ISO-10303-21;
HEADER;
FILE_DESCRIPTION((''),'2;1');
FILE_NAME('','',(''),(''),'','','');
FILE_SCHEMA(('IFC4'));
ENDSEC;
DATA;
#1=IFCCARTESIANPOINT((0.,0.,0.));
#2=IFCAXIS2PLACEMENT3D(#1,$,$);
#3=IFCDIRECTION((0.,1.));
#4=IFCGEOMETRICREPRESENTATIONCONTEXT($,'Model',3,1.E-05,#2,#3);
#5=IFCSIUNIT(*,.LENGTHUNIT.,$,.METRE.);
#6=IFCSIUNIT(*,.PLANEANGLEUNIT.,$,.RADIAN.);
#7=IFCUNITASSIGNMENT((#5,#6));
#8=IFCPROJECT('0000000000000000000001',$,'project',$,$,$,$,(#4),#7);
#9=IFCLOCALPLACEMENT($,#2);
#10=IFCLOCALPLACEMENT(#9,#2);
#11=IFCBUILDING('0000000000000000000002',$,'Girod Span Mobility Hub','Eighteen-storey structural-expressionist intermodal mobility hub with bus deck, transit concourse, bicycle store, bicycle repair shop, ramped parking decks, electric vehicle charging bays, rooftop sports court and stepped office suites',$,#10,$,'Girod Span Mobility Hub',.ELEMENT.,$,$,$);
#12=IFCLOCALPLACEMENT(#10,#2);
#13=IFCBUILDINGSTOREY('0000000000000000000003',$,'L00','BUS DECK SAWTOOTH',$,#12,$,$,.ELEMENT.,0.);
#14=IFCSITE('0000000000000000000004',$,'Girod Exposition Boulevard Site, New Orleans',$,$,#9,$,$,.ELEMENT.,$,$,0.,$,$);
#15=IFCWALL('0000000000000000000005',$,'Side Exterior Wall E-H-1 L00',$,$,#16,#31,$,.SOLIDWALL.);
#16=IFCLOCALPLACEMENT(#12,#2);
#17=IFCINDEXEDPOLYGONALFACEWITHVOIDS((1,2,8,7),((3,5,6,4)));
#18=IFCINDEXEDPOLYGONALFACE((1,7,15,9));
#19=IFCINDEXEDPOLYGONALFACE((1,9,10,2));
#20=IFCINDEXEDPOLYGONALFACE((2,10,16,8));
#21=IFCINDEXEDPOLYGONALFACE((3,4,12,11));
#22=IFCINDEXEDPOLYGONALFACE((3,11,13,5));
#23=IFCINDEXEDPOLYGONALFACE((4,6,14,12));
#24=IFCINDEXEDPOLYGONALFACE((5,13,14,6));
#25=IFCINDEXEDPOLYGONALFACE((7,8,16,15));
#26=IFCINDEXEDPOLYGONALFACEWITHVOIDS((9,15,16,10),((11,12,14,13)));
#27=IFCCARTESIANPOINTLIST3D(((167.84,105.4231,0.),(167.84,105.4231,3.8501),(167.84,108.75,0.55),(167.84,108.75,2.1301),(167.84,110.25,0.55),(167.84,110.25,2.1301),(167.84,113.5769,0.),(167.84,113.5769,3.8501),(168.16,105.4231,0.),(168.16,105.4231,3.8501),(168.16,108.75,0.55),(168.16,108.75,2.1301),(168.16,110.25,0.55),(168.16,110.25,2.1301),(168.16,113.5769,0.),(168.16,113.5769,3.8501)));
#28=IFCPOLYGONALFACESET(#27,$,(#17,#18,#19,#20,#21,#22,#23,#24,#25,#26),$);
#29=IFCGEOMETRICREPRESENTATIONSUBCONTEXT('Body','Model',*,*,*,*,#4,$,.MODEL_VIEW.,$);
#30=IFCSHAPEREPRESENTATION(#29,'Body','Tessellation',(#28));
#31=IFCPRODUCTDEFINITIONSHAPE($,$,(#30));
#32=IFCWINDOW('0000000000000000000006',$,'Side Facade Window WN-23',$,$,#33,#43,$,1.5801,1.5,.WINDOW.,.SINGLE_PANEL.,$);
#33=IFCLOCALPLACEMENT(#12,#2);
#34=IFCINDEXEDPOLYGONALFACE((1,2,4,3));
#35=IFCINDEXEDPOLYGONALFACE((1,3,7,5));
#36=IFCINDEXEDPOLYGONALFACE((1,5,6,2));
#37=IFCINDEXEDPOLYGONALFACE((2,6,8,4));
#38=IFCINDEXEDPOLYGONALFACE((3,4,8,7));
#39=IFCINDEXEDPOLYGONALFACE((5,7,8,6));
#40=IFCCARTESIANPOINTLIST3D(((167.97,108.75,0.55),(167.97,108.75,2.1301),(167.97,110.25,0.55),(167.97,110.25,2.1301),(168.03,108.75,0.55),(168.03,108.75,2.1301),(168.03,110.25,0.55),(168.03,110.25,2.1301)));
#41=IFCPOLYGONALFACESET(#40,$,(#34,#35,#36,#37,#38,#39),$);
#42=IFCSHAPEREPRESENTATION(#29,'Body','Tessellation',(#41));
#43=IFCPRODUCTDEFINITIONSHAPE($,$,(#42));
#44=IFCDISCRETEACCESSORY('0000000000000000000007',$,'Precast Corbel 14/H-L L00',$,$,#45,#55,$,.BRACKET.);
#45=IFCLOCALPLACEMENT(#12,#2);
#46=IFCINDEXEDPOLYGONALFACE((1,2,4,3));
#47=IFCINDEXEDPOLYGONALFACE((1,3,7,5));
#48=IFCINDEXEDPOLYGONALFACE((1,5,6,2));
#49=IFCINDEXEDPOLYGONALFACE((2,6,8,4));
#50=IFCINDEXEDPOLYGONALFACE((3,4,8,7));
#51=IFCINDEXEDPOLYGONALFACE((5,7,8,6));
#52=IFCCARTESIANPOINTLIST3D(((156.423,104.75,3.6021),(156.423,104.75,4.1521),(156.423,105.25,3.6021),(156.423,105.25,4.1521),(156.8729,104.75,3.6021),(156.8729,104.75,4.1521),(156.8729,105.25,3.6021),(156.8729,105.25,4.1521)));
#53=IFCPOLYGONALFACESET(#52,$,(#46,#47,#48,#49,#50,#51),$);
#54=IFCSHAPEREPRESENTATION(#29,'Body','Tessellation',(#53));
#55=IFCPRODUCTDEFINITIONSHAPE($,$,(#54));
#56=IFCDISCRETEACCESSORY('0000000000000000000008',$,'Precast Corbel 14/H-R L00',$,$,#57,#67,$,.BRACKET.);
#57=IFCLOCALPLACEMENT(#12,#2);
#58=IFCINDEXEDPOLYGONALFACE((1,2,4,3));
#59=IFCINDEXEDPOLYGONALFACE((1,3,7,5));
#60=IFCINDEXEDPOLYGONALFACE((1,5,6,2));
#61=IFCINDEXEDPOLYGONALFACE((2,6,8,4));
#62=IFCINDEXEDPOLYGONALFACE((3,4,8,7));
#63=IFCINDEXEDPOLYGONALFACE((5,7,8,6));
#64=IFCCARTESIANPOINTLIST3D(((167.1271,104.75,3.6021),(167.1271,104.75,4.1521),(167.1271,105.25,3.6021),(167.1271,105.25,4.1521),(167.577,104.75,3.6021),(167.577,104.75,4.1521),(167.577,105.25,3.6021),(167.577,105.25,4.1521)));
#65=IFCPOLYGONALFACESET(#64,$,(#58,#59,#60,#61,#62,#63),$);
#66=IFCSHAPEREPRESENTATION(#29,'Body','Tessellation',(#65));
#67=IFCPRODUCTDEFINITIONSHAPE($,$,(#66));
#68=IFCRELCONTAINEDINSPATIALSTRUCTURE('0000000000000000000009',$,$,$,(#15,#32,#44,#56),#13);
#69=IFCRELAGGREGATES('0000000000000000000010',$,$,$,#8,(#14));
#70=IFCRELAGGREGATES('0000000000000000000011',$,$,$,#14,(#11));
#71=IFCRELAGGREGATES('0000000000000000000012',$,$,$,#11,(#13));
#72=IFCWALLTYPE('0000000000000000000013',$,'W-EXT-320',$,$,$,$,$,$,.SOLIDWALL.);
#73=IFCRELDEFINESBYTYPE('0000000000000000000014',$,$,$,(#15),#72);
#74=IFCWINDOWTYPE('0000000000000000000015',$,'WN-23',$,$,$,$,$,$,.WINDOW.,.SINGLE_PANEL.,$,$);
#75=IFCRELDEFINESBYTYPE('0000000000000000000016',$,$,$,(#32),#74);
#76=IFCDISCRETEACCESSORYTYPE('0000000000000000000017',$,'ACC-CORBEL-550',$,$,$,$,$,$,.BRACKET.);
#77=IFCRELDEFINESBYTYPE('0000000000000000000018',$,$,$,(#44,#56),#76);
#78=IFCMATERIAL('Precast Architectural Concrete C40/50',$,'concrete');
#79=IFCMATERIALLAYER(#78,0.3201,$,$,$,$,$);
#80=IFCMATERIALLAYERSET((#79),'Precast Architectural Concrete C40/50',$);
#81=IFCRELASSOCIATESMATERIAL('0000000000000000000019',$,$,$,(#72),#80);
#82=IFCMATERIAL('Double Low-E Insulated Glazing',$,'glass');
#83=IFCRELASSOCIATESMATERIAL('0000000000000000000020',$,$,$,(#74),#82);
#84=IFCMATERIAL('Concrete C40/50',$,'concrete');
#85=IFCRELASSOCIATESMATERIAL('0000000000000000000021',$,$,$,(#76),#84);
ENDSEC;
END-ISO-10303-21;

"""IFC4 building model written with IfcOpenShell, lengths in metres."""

from ifc_helpers import new_model, si_unit, direction, frame, frame_2d, origin, origin_2d, place, context, subcontext, project, spatial, rectangle, extrude, material, layer, layer_set, type_object, element, fill, save


model = new_model("IFC4")

# Units and contexts
model_context = context("Model", 3, precision=1e-05, world=origin(), true_north=direction((0.0, 1.0)))
body_context = subcontext(model_context, "Body", "Model", "MODEL_VIEW")
ifc_project = project(units=[si_unit("LENGTHUNIT", "METRE"), si_unit("PLANEANGLEUNIT", "RADIAN")], contexts=[model_context])

# Site, building, storey
site_placement = place(None, origin())
site = spatial("IfcSite", under=ifc_project, at=site_placement, Name="Girod Exposition Boulevard Site, New Orleans", CompositionType="ELEMENT", RefElevation=0.0)
building_placement = place(site_placement, origin())
building = spatial("IfcBuilding", under=site, at=building_placement, Name="Girod Span Mobility Hub", Description="Eighteen-storey structural-expressionist intermodal mobility hub with bus deck, transit concourse, bicycle store, bicycle repair shop, ramped parking decks, electric vehicle charging bays, rooftop sports court and stepped office suites", LongName="Girod Span Mobility Hub", CompositionType="ELEMENT")
storey_placement = place(building_placement, origin())
storey = spatial("IfcBuildingStorey", under=building, at=storey_placement, Name="L00", Description="BUS DECK SAWTOOTH", CompositionType="ELEMENT", Elevation=0.0)

# Wall, opening, window
ifc_material_1 = material(Name="Precast Architectural Concrete C40/50", Category="concrete")
ifc_layer_1 = layer(ifc_material_1, 0.3201)
ifc_layer_set_1 = layer_set([ifc_layer_1], Name="Precast Architectural Concrete C40/50")
wall_type_1 = type_object("IfcWallType", Name="W-EXT-320", PredefinedType="SOLIDWALL", material=ifc_layer_set_1)
wall_1_placement = place(storey_placement, frame((168.0, 105.4231, 0.0), z_axis=(0.0, 0.0, 1.0), x_axis=(0.0, 1.0, 0.0)))
wall_1 = element("IfcWall", 1, at=wall_1_placement, inside=storey, type_object=wall_type_1, Name="Side Exterior Wall E-H-1 L00", PredefinedType="SOLIDWALL", context=body_context, shape_type="SweptSolid", body=[
    extrude(rectangle(XDim=8.1538, YDim=0.3201, at=frame_2d((4.0769, 0.0))), origin(), (0.0, 0.0, 1.0), 3.8501),
])
opening_1_placement = place(wall_1_placement, frame((3.3269, 0.0, 0.55)))
opening_1 = element("IfcOpeningElement", 2, at=opening_1_placement, cuts=wall_1, PredefinedType="OPENING", context=body_context, shape_type="SweptSolid", body=[
    extrude(rectangle(XDim=1.5, YDim=1.5801, at=frame_2d((0.75, 0.79))), frame((0.0, 0.175, 0.0), z_axis=(0.0, -1.0, 0.0), x_axis=(1.0, 0.0, 0.0)), (0.0, 0.0, 1.0), 0.3501),
])
ifc_material_2 = material(Name="Double Low-E Insulated Glazing", Category="glass")
window_type = type_object("IfcWindowType", Name="WN-23", PartitioningType="SINGLE_PANEL", PredefinedType="WINDOW", material=ifc_material_2)
window_placement = place(opening_1_placement, origin())
window = element("IfcWindow", 3, at=window_placement, inside=storey, type_object=window_type, Name="Side Facade Window WN-23", OverallHeight=1.5801, OverallWidth=1.5, PartitioningType="SINGLE_PANEL", PredefinedType="WINDOW", context=body_context, shape_type="SweptSolid", body=[
    extrude(rectangle(XDim=1.5, YDim=1.5801, at=frame_2d((0.75, 0.79))), frame((0.0, 0.03, 0.0), z_axis=(0.0, -1.0, 0.0), x_axis=(1.0, 0.0, 0.0)), (0.0, 0.0, 1.0), 0.0601),
])
fill(opening_1, window)

# Discrete accessories
ifc_material_3 = material(Name="Concrete C40/50", Category="concrete")
discrete_accessory_type = type_object("IfcDiscreteAccessoryType", Name="ACC-CORBEL-550", PredefinedType="BRACKET", material=ifc_material_3)
for number, where, z_axis, x_axis, name in (
    (4, (156.6479, 105.0, 3.6021), (0.0, 0.0, 1.0), (1.0, 0.0, 0.0), "Precast Corbel 14/H-L L00"),
    (5, (167.3521, 105.0, 3.6021), (0.0, 0.0, 1.0), (1.0, 0.0, 0.0), "Precast Corbel 14/H-R L00"),
):
    element("IfcDiscreteAccessory", number, at=place(storey_placement, frame(where, z_axis=z_axis, x_axis=x_axis)), inside=storey, type_object=discrete_accessory_type, Name=name, PredefinedType="BRACKET", context=body_context, shape_type="SweptSolid", body=[
        extrude(rectangle(XDim=0.45, YDim=0.5, at=origin_2d()), origin(), (0.0, 0.0, 1.0), 0.55),
    ])

save(model, "model.ifc")
